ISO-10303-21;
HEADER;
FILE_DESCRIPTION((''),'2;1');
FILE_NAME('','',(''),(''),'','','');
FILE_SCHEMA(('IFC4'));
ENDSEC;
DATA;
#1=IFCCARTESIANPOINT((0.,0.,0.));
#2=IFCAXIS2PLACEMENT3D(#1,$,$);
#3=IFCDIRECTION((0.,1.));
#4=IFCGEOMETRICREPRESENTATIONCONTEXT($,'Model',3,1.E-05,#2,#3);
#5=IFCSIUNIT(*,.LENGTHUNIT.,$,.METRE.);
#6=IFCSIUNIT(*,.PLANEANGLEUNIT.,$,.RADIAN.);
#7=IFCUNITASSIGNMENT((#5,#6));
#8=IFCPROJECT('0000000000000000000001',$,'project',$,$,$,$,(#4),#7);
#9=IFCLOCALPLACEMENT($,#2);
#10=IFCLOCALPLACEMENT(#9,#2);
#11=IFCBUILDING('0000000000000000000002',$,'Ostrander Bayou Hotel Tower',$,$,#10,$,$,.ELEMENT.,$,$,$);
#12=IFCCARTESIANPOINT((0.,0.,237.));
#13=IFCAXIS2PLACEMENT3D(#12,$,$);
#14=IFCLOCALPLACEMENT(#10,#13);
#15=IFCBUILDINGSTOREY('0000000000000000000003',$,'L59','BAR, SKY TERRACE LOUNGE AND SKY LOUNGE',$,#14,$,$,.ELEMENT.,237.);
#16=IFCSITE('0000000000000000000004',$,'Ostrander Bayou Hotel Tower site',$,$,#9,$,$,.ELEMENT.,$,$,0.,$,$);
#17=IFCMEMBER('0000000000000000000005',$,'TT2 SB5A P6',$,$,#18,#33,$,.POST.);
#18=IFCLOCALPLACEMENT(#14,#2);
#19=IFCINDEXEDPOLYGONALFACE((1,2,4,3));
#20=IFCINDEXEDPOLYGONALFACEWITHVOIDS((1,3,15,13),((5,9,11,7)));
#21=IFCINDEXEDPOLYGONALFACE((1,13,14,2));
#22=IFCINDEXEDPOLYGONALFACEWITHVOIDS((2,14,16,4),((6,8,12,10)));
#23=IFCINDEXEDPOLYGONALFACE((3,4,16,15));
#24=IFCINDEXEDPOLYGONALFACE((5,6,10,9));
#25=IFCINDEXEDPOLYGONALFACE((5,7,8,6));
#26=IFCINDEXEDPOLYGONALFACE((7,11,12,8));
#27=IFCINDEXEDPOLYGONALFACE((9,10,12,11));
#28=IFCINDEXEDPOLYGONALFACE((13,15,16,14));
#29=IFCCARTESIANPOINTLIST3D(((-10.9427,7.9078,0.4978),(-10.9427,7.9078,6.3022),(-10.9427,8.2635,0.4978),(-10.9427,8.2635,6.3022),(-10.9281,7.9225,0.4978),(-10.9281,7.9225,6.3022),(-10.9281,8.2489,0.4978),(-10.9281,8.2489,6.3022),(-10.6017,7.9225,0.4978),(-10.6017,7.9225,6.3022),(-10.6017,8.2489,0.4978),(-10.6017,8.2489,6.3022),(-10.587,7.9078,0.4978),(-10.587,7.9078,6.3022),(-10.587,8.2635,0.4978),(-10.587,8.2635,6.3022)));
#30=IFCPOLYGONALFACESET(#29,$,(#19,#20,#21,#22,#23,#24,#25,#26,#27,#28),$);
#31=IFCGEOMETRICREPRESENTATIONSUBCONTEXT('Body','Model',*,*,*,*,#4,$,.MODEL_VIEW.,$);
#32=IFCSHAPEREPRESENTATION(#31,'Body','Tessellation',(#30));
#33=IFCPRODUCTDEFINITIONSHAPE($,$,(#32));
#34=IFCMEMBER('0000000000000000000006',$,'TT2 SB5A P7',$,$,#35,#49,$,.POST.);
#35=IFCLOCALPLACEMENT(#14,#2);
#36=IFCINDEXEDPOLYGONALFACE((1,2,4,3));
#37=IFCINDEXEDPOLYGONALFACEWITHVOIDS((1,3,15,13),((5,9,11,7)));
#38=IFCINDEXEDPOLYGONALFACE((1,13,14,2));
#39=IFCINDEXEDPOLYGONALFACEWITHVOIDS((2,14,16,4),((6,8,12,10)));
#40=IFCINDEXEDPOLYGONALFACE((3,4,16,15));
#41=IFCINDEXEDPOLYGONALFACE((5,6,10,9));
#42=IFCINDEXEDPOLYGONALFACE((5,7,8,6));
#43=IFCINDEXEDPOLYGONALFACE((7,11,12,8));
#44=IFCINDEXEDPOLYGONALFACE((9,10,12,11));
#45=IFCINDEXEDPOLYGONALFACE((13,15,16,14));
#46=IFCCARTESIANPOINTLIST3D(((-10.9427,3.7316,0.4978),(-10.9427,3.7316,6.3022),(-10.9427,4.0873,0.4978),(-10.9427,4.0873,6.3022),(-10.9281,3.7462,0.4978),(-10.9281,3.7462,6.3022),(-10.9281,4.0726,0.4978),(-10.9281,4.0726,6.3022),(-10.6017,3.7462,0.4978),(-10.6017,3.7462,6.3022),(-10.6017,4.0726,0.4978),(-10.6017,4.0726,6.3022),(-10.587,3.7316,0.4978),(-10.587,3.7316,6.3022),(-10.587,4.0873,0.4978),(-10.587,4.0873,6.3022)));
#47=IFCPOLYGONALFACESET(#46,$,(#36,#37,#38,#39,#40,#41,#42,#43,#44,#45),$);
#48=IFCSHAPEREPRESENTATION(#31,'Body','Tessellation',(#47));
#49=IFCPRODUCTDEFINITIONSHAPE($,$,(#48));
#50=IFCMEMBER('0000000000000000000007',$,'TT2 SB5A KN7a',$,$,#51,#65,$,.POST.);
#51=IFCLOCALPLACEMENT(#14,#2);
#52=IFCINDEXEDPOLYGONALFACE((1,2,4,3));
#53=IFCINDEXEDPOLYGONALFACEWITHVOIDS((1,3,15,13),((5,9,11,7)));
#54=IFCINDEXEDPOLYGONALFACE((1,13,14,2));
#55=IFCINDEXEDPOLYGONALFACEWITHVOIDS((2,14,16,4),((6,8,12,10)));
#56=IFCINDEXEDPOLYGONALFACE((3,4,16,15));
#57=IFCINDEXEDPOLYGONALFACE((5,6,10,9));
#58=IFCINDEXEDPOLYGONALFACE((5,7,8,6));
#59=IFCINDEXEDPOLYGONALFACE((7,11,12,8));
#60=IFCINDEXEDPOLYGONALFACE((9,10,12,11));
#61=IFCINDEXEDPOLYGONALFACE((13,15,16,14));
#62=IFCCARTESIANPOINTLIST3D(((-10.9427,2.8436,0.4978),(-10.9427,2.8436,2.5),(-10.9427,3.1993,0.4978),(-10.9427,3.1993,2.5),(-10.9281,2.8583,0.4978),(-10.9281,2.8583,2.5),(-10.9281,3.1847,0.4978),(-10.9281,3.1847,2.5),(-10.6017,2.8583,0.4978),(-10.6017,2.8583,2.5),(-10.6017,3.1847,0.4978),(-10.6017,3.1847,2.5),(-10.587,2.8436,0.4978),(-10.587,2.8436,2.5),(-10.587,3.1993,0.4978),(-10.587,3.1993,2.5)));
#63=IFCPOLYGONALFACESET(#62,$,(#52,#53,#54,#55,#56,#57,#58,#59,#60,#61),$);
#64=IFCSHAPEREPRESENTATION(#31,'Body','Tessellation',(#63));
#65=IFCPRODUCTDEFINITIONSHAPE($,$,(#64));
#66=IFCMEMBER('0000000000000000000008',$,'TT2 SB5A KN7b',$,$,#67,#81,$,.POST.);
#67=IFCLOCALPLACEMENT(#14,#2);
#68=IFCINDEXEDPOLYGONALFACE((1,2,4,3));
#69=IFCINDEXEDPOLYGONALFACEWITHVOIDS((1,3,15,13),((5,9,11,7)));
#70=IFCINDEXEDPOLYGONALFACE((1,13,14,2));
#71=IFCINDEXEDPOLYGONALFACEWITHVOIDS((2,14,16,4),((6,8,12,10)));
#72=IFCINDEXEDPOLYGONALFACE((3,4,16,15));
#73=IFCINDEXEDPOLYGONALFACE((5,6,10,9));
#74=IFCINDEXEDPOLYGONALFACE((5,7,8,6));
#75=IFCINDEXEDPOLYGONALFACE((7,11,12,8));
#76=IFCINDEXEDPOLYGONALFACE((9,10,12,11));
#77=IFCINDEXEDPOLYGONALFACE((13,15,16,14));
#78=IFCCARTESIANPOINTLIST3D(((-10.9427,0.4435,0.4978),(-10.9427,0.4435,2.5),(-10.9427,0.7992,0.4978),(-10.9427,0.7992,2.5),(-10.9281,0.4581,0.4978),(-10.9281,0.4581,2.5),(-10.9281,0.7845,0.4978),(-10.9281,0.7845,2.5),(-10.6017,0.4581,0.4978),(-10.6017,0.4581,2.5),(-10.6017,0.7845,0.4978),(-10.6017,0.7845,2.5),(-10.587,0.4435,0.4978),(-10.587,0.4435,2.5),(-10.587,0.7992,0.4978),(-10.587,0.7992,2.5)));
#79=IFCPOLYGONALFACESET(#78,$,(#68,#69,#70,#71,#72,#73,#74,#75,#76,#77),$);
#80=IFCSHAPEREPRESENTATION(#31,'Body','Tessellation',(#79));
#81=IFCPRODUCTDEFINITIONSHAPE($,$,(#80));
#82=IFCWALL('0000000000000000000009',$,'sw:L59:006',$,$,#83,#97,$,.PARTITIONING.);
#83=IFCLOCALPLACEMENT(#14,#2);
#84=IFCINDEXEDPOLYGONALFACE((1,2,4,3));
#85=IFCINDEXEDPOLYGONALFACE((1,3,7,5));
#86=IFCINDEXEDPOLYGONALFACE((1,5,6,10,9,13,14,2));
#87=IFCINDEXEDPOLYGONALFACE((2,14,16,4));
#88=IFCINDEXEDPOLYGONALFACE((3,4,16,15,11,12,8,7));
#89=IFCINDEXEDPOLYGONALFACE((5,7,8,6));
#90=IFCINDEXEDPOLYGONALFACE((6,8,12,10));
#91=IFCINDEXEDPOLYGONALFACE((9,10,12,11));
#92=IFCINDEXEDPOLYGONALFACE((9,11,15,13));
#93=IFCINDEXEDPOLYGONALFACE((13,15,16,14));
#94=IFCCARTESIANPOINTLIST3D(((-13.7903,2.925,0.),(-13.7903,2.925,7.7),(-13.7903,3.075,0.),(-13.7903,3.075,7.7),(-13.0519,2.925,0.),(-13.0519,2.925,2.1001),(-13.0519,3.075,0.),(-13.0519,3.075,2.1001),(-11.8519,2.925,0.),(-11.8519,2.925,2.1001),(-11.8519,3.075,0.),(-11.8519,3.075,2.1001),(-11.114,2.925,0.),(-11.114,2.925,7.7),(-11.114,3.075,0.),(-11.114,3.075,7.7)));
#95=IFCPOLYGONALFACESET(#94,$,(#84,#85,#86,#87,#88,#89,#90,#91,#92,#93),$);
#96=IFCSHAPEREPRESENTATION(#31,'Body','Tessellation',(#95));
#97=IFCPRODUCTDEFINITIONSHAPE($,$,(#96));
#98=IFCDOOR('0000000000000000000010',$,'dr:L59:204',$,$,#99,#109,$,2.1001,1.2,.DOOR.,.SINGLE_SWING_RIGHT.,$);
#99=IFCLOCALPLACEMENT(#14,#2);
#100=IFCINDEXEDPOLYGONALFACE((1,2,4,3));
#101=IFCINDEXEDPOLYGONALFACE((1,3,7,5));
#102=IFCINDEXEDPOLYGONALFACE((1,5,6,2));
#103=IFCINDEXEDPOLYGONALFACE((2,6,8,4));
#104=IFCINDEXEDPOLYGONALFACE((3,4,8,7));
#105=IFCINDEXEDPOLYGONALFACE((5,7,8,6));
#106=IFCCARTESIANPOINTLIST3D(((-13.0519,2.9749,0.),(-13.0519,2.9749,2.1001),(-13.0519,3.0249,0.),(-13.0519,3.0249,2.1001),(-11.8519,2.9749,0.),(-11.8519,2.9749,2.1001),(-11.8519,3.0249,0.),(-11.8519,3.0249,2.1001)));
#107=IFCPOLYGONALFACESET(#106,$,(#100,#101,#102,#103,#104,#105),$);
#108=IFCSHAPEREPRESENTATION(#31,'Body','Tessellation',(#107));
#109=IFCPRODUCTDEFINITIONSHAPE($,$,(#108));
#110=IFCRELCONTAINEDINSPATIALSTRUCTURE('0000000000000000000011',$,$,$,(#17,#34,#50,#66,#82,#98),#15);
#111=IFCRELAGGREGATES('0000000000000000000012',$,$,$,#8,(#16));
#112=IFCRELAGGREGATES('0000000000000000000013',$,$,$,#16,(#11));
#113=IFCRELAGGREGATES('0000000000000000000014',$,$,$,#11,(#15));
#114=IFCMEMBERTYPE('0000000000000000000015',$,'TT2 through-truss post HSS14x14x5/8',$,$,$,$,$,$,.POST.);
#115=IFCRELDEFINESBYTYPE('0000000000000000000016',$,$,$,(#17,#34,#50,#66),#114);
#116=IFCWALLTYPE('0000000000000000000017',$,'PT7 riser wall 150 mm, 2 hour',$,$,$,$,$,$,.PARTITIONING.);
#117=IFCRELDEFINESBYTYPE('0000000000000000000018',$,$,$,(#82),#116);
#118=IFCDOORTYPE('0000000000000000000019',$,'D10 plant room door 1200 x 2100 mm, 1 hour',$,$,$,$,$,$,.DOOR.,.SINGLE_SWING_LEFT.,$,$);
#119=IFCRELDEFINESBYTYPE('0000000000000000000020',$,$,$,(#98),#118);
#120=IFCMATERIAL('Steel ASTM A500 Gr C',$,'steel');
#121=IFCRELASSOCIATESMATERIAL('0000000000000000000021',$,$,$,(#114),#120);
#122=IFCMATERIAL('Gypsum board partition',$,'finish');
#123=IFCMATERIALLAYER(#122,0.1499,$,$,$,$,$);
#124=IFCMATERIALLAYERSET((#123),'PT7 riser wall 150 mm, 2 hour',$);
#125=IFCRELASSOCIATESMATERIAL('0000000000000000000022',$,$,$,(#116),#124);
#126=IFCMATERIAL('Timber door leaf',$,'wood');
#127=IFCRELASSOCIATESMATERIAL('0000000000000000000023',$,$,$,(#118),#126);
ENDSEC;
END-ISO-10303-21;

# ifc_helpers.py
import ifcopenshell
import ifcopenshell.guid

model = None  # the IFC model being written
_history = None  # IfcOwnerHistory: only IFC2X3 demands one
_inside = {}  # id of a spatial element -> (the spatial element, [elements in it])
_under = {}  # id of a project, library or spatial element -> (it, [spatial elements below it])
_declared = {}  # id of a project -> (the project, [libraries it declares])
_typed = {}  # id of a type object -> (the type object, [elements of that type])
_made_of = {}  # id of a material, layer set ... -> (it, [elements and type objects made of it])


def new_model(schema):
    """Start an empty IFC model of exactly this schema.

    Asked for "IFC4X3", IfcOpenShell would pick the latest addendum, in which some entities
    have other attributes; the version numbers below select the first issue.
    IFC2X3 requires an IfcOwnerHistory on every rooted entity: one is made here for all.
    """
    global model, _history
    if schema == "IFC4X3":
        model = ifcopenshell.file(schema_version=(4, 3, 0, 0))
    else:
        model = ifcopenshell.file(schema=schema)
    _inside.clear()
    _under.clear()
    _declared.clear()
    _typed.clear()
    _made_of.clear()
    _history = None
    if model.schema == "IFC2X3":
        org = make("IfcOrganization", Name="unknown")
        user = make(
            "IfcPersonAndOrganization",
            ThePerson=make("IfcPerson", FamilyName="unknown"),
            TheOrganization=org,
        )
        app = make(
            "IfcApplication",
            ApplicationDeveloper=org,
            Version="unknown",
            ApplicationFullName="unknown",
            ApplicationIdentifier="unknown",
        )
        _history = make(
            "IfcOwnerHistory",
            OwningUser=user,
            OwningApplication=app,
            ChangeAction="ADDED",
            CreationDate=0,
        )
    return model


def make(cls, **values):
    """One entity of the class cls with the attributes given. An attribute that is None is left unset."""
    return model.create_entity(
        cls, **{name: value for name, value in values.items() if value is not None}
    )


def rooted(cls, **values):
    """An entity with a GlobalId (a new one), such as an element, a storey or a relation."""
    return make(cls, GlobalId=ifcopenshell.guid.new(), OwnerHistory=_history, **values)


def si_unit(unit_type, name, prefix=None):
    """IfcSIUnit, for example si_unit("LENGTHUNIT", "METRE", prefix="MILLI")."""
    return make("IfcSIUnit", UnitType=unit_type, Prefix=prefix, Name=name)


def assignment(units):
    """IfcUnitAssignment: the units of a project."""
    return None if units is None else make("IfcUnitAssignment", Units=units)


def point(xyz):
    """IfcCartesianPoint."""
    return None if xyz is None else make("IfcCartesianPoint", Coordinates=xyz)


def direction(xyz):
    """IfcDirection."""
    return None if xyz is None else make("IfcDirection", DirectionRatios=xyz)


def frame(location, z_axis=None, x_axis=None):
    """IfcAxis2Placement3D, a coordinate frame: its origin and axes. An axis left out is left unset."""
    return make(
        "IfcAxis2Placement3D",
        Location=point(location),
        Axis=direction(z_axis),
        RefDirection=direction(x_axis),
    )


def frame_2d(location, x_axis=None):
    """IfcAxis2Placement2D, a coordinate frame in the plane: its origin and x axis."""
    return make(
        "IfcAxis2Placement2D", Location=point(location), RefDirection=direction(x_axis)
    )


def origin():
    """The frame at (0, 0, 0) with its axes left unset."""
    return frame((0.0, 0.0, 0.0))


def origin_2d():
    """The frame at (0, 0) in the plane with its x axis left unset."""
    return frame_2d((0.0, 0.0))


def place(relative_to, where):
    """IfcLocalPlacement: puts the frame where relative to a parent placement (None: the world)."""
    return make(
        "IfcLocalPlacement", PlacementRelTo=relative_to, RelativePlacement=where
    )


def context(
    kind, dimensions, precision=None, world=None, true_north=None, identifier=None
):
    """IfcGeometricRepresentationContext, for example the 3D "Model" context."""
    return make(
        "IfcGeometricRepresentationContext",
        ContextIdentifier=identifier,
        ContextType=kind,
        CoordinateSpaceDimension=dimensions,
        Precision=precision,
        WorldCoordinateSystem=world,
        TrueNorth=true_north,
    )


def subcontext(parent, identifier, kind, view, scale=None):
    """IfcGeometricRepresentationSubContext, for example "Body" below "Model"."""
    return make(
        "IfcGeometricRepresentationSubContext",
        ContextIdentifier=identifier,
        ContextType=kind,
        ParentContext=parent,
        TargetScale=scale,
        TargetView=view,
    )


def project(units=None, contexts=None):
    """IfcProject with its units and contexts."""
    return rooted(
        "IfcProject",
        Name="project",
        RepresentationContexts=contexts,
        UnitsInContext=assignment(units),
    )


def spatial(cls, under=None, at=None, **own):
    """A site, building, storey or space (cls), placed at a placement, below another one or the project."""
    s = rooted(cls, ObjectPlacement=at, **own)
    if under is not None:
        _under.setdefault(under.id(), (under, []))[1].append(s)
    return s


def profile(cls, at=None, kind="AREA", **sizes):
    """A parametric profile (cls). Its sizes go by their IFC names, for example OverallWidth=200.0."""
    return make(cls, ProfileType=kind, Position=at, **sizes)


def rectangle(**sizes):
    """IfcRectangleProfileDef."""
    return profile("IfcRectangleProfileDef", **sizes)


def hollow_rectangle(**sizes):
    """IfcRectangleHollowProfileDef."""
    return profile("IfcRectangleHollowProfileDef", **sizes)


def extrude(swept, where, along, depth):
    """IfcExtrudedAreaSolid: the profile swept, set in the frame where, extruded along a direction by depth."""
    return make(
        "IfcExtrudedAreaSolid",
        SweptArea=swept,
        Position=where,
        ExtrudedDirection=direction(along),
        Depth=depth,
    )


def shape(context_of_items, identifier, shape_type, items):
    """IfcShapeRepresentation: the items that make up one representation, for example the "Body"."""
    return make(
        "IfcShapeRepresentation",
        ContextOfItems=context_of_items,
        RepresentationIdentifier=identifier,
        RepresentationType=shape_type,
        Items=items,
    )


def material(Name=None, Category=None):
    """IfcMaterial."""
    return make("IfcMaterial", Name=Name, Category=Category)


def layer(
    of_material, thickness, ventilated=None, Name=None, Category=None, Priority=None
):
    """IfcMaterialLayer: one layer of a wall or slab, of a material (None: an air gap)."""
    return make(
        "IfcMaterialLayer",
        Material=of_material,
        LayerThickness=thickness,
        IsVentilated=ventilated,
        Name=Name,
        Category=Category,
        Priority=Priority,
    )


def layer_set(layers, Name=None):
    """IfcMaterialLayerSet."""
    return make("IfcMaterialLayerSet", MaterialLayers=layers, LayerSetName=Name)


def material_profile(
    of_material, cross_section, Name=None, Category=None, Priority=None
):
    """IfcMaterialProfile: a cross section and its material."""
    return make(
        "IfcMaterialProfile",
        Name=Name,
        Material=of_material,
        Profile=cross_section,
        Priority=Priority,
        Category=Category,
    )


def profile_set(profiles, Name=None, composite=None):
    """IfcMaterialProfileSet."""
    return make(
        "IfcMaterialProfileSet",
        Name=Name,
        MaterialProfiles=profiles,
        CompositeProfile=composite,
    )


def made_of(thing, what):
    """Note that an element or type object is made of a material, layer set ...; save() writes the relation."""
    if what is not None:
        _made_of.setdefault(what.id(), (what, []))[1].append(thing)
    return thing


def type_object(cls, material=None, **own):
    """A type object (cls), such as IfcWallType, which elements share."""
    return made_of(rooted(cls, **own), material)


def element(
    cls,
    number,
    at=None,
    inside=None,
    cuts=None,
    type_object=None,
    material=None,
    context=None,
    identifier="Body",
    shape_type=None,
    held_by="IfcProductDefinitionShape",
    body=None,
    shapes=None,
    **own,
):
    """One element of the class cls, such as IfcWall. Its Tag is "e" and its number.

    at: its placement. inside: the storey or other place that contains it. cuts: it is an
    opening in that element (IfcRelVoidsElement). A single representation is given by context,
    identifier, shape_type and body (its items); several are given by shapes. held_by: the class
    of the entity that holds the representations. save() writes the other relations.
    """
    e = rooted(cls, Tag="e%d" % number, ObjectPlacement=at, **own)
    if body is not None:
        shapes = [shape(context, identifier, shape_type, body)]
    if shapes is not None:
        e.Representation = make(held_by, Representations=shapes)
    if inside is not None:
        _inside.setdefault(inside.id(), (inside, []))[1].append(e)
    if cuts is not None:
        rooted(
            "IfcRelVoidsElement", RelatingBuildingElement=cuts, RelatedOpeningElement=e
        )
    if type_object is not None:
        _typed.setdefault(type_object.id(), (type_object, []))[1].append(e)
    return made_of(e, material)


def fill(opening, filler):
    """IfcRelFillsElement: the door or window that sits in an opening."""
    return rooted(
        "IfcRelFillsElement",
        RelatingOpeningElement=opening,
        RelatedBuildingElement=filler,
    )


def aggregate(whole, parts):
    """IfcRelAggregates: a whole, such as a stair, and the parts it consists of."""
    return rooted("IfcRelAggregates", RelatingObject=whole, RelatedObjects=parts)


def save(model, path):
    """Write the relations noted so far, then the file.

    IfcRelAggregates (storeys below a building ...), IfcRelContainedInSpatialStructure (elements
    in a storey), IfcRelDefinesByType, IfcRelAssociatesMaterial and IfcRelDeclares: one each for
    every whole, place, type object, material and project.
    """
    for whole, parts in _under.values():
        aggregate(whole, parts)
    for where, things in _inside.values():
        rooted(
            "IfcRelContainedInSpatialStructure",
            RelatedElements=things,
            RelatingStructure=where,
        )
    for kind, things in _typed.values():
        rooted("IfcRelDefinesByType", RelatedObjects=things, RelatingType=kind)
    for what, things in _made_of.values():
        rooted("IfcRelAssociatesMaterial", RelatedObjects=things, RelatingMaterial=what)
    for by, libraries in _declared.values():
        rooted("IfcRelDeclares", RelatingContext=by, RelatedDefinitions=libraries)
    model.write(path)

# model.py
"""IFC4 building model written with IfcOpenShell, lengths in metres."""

from ifc_helpers import new_model, si_unit, direction, frame, frame_2d, origin, origin_2d, place, context, subcontext, project, spatial, rectangle, hollow_rectangle, extrude, material, layer, layer_set, material_profile, profile_set, type_object, element, fill, save


model = new_model("IFC4")

# Units and contexts
model_context = context("Model", 3, precision=1e-05, world=origin(), true_north=direction((0.0, 1.0)))
body_context = subcontext(model_context, "Body", "Model", "MODEL_VIEW")
ifc_project = project(units=[si_unit("LENGTHUNIT", "METRE"), si_unit("PLANEANGLEUNIT", "RADIAN")], contexts=[model_context])

# Site, building, storey
site_placement = place(None, origin())
site = spatial("IfcSite", under=ifc_project, at=site_placement, Name="Ostrander Bayou Hotel Tower site", CompositionType="ELEMENT", RefElevation=0.0)
building_placement = place(site_placement, origin())
building = spatial("IfcBuilding", under=site, at=building_placement, Name="Ostrander Bayou Hotel Tower", CompositionType="ELEMENT")
storey_placement = place(building_placement, frame((0.0, 0.0, 237.0)))
storey = spatial("IfcBuildingStorey", under=building, at=storey_placement, Name="L59", Description="BAR, SKY TERRACE LOUNGE AND SKY LOUNGE", CompositionType="ELEMENT", Elevation=237.0)

# Members
ifc_material_1 = material(Name="Steel ASTM A500 Gr C", Category="steel")
ifc_material_profile_1 = material_profile(ifc_material_1, hollow_rectangle(XDim=0.3557, YDim=0.3557, WallThickness=0.0146, at=origin_2d()))
ifc_profile_set_1 = profile_set([ifc_material_profile_1], Name="Steel ASTM A500 Gr C")
member_type_1 = type_object("IfcMemberType", Name="TT2 through-truss post HSS14x14x5/8", PredefinedType="POST", material=ifc_profile_set_1)
for number, where, z_axis, x_axis, name in (
    (1, (-10.7649, 8.0857, 0.4978), (0.0, 0.0, 1.0), (1.0, 0.0, 0.0), "TT2 SB5A P6"),
    (2, (-10.7649, 3.9094, 0.4978), (0.0, 0.0, 1.0), (1.0, 0.0, 0.0), "TT2 SB5A P7"),
):
    element("IfcMember", number, at=place(storey_placement, frame(where, z_axis=z_axis, x_axis=x_axis)), inside=storey, type_object=member_type_1, Name=name, PredefinedType="POST", context=body_context, shape_type="SweptSolid", body=[
        extrude(hollow_rectangle(XDim=0.3557, YDim=0.3557, WallThickness=0.0146, at=origin_2d()), origin(), (0.0, 0.0, 1.0), 5.8044),
    ])
for number, where, z_axis, x_axis, name in (
    (3, (-10.7649, 3.0215, 0.4978), (0.0, 0.0, 1.0), (1.0, 0.0, 0.0), "TT2 SB5A KN7a"),
    (4, (-10.7649, 0.6213, 0.4978), (0.0, 0.0, 1.0), (1.0, 0.0, 0.0), "TT2 SB5A KN7b"),
):
    element("IfcMember", number, at=place(storey_placement, frame(where, z_axis=z_axis, x_axis=x_axis)), inside=storey, type_object=member_type_1, Name=name, PredefinedType="POST", context=body_context, shape_type="SweptSolid", body=[
        extrude(hollow_rectangle(XDim=0.3557, YDim=0.3557, WallThickness=0.0146, at=origin_2d()), origin(), (0.0, 0.0, 1.0), 2.0022),
    ])

# Wall, opening, door
ifc_material_2 = material(Name="Gypsum board partition", Category="finish")
ifc_layer_1 = layer(ifc_material_2, 0.1499)
ifc_layer_set_1 = layer_set([ifc_layer_1], Name="PT7 riser wall 150 mm, 2 hour")
wall_type = type_object("IfcWallType", Name="PT7 riser wall 150 mm, 2 hour", PredefinedType="PARTITIONING", material=ifc_layer_set_1)
wall_placement = place(storey_placement, frame((-13.7903, 3.0, 0.0), z_axis=(0.0, 0.0, 1.0), x_axis=(1.0, 0.0, 0.0)))
wall = element("IfcWall", 5, at=wall_placement, inside=storey, type_object=wall_type, Name="sw:L59:006", PredefinedType="PARTITIONING", context=body_context, shape_type="SweptSolid", body=[
    extrude(rectangle(XDim=2.6763, YDim=0.1499, at=frame_2d((1.3381, 0.0))), origin(), (0.0, 0.0, 1.0), 7.7),
])
opening_placement = place(wall_placement, frame((0.7383, 0.0, 0.0)))
opening = element("IfcOpeningElement", 6, at=opening_placement, cuts=wall, PredefinedType="OPENING", context=body_context, shape_type="SweptSolid", body=[
    extrude(rectangle(XDim=1.2, YDim=2.1001, at=frame_2d((0.6001, 1.05))), frame((0.0, 0.075, 0.0), z_axis=(0.0, -1.0, 0.0), x_axis=(1.0, 0.0, 0.0)), (0.0, 0.0, 1.0), 0.1499),
])
ifc_material_3 = material(Name="Timber door leaf", Category="wood")
door_type = type_object("IfcDoorType", Name="D10 plant room door 1200 x 2100 mm, 1 hour", OperationType="SINGLE_SWING_LEFT", PredefinedType="DOOR", material=ifc_material_3)
door_placement = place(opening_placement, origin())
door = element("IfcDoor", 7, at=door_placement, inside=storey, type_object=door_type, Name="dr:L59:204", OperationType="SINGLE_SWING_RIGHT", OverallHeight=2.1001, OverallWidth=1.2, PredefinedType="DOOR", context=body_context, shape_type="SweptSolid", body=[
    extrude(rectangle(XDim=1.2, YDim=2.1001, at=frame_2d((0.6001, 1.05))), frame((0.0, 0.0249, 0.0), z_axis=(0.0, -1.0, 0.0), x_axis=(1.0, 0.0, 0.0)), (0.0, 0.0, 1.0), 0.05),
])
fill(opening, door)

save(model, "model.ifc")
